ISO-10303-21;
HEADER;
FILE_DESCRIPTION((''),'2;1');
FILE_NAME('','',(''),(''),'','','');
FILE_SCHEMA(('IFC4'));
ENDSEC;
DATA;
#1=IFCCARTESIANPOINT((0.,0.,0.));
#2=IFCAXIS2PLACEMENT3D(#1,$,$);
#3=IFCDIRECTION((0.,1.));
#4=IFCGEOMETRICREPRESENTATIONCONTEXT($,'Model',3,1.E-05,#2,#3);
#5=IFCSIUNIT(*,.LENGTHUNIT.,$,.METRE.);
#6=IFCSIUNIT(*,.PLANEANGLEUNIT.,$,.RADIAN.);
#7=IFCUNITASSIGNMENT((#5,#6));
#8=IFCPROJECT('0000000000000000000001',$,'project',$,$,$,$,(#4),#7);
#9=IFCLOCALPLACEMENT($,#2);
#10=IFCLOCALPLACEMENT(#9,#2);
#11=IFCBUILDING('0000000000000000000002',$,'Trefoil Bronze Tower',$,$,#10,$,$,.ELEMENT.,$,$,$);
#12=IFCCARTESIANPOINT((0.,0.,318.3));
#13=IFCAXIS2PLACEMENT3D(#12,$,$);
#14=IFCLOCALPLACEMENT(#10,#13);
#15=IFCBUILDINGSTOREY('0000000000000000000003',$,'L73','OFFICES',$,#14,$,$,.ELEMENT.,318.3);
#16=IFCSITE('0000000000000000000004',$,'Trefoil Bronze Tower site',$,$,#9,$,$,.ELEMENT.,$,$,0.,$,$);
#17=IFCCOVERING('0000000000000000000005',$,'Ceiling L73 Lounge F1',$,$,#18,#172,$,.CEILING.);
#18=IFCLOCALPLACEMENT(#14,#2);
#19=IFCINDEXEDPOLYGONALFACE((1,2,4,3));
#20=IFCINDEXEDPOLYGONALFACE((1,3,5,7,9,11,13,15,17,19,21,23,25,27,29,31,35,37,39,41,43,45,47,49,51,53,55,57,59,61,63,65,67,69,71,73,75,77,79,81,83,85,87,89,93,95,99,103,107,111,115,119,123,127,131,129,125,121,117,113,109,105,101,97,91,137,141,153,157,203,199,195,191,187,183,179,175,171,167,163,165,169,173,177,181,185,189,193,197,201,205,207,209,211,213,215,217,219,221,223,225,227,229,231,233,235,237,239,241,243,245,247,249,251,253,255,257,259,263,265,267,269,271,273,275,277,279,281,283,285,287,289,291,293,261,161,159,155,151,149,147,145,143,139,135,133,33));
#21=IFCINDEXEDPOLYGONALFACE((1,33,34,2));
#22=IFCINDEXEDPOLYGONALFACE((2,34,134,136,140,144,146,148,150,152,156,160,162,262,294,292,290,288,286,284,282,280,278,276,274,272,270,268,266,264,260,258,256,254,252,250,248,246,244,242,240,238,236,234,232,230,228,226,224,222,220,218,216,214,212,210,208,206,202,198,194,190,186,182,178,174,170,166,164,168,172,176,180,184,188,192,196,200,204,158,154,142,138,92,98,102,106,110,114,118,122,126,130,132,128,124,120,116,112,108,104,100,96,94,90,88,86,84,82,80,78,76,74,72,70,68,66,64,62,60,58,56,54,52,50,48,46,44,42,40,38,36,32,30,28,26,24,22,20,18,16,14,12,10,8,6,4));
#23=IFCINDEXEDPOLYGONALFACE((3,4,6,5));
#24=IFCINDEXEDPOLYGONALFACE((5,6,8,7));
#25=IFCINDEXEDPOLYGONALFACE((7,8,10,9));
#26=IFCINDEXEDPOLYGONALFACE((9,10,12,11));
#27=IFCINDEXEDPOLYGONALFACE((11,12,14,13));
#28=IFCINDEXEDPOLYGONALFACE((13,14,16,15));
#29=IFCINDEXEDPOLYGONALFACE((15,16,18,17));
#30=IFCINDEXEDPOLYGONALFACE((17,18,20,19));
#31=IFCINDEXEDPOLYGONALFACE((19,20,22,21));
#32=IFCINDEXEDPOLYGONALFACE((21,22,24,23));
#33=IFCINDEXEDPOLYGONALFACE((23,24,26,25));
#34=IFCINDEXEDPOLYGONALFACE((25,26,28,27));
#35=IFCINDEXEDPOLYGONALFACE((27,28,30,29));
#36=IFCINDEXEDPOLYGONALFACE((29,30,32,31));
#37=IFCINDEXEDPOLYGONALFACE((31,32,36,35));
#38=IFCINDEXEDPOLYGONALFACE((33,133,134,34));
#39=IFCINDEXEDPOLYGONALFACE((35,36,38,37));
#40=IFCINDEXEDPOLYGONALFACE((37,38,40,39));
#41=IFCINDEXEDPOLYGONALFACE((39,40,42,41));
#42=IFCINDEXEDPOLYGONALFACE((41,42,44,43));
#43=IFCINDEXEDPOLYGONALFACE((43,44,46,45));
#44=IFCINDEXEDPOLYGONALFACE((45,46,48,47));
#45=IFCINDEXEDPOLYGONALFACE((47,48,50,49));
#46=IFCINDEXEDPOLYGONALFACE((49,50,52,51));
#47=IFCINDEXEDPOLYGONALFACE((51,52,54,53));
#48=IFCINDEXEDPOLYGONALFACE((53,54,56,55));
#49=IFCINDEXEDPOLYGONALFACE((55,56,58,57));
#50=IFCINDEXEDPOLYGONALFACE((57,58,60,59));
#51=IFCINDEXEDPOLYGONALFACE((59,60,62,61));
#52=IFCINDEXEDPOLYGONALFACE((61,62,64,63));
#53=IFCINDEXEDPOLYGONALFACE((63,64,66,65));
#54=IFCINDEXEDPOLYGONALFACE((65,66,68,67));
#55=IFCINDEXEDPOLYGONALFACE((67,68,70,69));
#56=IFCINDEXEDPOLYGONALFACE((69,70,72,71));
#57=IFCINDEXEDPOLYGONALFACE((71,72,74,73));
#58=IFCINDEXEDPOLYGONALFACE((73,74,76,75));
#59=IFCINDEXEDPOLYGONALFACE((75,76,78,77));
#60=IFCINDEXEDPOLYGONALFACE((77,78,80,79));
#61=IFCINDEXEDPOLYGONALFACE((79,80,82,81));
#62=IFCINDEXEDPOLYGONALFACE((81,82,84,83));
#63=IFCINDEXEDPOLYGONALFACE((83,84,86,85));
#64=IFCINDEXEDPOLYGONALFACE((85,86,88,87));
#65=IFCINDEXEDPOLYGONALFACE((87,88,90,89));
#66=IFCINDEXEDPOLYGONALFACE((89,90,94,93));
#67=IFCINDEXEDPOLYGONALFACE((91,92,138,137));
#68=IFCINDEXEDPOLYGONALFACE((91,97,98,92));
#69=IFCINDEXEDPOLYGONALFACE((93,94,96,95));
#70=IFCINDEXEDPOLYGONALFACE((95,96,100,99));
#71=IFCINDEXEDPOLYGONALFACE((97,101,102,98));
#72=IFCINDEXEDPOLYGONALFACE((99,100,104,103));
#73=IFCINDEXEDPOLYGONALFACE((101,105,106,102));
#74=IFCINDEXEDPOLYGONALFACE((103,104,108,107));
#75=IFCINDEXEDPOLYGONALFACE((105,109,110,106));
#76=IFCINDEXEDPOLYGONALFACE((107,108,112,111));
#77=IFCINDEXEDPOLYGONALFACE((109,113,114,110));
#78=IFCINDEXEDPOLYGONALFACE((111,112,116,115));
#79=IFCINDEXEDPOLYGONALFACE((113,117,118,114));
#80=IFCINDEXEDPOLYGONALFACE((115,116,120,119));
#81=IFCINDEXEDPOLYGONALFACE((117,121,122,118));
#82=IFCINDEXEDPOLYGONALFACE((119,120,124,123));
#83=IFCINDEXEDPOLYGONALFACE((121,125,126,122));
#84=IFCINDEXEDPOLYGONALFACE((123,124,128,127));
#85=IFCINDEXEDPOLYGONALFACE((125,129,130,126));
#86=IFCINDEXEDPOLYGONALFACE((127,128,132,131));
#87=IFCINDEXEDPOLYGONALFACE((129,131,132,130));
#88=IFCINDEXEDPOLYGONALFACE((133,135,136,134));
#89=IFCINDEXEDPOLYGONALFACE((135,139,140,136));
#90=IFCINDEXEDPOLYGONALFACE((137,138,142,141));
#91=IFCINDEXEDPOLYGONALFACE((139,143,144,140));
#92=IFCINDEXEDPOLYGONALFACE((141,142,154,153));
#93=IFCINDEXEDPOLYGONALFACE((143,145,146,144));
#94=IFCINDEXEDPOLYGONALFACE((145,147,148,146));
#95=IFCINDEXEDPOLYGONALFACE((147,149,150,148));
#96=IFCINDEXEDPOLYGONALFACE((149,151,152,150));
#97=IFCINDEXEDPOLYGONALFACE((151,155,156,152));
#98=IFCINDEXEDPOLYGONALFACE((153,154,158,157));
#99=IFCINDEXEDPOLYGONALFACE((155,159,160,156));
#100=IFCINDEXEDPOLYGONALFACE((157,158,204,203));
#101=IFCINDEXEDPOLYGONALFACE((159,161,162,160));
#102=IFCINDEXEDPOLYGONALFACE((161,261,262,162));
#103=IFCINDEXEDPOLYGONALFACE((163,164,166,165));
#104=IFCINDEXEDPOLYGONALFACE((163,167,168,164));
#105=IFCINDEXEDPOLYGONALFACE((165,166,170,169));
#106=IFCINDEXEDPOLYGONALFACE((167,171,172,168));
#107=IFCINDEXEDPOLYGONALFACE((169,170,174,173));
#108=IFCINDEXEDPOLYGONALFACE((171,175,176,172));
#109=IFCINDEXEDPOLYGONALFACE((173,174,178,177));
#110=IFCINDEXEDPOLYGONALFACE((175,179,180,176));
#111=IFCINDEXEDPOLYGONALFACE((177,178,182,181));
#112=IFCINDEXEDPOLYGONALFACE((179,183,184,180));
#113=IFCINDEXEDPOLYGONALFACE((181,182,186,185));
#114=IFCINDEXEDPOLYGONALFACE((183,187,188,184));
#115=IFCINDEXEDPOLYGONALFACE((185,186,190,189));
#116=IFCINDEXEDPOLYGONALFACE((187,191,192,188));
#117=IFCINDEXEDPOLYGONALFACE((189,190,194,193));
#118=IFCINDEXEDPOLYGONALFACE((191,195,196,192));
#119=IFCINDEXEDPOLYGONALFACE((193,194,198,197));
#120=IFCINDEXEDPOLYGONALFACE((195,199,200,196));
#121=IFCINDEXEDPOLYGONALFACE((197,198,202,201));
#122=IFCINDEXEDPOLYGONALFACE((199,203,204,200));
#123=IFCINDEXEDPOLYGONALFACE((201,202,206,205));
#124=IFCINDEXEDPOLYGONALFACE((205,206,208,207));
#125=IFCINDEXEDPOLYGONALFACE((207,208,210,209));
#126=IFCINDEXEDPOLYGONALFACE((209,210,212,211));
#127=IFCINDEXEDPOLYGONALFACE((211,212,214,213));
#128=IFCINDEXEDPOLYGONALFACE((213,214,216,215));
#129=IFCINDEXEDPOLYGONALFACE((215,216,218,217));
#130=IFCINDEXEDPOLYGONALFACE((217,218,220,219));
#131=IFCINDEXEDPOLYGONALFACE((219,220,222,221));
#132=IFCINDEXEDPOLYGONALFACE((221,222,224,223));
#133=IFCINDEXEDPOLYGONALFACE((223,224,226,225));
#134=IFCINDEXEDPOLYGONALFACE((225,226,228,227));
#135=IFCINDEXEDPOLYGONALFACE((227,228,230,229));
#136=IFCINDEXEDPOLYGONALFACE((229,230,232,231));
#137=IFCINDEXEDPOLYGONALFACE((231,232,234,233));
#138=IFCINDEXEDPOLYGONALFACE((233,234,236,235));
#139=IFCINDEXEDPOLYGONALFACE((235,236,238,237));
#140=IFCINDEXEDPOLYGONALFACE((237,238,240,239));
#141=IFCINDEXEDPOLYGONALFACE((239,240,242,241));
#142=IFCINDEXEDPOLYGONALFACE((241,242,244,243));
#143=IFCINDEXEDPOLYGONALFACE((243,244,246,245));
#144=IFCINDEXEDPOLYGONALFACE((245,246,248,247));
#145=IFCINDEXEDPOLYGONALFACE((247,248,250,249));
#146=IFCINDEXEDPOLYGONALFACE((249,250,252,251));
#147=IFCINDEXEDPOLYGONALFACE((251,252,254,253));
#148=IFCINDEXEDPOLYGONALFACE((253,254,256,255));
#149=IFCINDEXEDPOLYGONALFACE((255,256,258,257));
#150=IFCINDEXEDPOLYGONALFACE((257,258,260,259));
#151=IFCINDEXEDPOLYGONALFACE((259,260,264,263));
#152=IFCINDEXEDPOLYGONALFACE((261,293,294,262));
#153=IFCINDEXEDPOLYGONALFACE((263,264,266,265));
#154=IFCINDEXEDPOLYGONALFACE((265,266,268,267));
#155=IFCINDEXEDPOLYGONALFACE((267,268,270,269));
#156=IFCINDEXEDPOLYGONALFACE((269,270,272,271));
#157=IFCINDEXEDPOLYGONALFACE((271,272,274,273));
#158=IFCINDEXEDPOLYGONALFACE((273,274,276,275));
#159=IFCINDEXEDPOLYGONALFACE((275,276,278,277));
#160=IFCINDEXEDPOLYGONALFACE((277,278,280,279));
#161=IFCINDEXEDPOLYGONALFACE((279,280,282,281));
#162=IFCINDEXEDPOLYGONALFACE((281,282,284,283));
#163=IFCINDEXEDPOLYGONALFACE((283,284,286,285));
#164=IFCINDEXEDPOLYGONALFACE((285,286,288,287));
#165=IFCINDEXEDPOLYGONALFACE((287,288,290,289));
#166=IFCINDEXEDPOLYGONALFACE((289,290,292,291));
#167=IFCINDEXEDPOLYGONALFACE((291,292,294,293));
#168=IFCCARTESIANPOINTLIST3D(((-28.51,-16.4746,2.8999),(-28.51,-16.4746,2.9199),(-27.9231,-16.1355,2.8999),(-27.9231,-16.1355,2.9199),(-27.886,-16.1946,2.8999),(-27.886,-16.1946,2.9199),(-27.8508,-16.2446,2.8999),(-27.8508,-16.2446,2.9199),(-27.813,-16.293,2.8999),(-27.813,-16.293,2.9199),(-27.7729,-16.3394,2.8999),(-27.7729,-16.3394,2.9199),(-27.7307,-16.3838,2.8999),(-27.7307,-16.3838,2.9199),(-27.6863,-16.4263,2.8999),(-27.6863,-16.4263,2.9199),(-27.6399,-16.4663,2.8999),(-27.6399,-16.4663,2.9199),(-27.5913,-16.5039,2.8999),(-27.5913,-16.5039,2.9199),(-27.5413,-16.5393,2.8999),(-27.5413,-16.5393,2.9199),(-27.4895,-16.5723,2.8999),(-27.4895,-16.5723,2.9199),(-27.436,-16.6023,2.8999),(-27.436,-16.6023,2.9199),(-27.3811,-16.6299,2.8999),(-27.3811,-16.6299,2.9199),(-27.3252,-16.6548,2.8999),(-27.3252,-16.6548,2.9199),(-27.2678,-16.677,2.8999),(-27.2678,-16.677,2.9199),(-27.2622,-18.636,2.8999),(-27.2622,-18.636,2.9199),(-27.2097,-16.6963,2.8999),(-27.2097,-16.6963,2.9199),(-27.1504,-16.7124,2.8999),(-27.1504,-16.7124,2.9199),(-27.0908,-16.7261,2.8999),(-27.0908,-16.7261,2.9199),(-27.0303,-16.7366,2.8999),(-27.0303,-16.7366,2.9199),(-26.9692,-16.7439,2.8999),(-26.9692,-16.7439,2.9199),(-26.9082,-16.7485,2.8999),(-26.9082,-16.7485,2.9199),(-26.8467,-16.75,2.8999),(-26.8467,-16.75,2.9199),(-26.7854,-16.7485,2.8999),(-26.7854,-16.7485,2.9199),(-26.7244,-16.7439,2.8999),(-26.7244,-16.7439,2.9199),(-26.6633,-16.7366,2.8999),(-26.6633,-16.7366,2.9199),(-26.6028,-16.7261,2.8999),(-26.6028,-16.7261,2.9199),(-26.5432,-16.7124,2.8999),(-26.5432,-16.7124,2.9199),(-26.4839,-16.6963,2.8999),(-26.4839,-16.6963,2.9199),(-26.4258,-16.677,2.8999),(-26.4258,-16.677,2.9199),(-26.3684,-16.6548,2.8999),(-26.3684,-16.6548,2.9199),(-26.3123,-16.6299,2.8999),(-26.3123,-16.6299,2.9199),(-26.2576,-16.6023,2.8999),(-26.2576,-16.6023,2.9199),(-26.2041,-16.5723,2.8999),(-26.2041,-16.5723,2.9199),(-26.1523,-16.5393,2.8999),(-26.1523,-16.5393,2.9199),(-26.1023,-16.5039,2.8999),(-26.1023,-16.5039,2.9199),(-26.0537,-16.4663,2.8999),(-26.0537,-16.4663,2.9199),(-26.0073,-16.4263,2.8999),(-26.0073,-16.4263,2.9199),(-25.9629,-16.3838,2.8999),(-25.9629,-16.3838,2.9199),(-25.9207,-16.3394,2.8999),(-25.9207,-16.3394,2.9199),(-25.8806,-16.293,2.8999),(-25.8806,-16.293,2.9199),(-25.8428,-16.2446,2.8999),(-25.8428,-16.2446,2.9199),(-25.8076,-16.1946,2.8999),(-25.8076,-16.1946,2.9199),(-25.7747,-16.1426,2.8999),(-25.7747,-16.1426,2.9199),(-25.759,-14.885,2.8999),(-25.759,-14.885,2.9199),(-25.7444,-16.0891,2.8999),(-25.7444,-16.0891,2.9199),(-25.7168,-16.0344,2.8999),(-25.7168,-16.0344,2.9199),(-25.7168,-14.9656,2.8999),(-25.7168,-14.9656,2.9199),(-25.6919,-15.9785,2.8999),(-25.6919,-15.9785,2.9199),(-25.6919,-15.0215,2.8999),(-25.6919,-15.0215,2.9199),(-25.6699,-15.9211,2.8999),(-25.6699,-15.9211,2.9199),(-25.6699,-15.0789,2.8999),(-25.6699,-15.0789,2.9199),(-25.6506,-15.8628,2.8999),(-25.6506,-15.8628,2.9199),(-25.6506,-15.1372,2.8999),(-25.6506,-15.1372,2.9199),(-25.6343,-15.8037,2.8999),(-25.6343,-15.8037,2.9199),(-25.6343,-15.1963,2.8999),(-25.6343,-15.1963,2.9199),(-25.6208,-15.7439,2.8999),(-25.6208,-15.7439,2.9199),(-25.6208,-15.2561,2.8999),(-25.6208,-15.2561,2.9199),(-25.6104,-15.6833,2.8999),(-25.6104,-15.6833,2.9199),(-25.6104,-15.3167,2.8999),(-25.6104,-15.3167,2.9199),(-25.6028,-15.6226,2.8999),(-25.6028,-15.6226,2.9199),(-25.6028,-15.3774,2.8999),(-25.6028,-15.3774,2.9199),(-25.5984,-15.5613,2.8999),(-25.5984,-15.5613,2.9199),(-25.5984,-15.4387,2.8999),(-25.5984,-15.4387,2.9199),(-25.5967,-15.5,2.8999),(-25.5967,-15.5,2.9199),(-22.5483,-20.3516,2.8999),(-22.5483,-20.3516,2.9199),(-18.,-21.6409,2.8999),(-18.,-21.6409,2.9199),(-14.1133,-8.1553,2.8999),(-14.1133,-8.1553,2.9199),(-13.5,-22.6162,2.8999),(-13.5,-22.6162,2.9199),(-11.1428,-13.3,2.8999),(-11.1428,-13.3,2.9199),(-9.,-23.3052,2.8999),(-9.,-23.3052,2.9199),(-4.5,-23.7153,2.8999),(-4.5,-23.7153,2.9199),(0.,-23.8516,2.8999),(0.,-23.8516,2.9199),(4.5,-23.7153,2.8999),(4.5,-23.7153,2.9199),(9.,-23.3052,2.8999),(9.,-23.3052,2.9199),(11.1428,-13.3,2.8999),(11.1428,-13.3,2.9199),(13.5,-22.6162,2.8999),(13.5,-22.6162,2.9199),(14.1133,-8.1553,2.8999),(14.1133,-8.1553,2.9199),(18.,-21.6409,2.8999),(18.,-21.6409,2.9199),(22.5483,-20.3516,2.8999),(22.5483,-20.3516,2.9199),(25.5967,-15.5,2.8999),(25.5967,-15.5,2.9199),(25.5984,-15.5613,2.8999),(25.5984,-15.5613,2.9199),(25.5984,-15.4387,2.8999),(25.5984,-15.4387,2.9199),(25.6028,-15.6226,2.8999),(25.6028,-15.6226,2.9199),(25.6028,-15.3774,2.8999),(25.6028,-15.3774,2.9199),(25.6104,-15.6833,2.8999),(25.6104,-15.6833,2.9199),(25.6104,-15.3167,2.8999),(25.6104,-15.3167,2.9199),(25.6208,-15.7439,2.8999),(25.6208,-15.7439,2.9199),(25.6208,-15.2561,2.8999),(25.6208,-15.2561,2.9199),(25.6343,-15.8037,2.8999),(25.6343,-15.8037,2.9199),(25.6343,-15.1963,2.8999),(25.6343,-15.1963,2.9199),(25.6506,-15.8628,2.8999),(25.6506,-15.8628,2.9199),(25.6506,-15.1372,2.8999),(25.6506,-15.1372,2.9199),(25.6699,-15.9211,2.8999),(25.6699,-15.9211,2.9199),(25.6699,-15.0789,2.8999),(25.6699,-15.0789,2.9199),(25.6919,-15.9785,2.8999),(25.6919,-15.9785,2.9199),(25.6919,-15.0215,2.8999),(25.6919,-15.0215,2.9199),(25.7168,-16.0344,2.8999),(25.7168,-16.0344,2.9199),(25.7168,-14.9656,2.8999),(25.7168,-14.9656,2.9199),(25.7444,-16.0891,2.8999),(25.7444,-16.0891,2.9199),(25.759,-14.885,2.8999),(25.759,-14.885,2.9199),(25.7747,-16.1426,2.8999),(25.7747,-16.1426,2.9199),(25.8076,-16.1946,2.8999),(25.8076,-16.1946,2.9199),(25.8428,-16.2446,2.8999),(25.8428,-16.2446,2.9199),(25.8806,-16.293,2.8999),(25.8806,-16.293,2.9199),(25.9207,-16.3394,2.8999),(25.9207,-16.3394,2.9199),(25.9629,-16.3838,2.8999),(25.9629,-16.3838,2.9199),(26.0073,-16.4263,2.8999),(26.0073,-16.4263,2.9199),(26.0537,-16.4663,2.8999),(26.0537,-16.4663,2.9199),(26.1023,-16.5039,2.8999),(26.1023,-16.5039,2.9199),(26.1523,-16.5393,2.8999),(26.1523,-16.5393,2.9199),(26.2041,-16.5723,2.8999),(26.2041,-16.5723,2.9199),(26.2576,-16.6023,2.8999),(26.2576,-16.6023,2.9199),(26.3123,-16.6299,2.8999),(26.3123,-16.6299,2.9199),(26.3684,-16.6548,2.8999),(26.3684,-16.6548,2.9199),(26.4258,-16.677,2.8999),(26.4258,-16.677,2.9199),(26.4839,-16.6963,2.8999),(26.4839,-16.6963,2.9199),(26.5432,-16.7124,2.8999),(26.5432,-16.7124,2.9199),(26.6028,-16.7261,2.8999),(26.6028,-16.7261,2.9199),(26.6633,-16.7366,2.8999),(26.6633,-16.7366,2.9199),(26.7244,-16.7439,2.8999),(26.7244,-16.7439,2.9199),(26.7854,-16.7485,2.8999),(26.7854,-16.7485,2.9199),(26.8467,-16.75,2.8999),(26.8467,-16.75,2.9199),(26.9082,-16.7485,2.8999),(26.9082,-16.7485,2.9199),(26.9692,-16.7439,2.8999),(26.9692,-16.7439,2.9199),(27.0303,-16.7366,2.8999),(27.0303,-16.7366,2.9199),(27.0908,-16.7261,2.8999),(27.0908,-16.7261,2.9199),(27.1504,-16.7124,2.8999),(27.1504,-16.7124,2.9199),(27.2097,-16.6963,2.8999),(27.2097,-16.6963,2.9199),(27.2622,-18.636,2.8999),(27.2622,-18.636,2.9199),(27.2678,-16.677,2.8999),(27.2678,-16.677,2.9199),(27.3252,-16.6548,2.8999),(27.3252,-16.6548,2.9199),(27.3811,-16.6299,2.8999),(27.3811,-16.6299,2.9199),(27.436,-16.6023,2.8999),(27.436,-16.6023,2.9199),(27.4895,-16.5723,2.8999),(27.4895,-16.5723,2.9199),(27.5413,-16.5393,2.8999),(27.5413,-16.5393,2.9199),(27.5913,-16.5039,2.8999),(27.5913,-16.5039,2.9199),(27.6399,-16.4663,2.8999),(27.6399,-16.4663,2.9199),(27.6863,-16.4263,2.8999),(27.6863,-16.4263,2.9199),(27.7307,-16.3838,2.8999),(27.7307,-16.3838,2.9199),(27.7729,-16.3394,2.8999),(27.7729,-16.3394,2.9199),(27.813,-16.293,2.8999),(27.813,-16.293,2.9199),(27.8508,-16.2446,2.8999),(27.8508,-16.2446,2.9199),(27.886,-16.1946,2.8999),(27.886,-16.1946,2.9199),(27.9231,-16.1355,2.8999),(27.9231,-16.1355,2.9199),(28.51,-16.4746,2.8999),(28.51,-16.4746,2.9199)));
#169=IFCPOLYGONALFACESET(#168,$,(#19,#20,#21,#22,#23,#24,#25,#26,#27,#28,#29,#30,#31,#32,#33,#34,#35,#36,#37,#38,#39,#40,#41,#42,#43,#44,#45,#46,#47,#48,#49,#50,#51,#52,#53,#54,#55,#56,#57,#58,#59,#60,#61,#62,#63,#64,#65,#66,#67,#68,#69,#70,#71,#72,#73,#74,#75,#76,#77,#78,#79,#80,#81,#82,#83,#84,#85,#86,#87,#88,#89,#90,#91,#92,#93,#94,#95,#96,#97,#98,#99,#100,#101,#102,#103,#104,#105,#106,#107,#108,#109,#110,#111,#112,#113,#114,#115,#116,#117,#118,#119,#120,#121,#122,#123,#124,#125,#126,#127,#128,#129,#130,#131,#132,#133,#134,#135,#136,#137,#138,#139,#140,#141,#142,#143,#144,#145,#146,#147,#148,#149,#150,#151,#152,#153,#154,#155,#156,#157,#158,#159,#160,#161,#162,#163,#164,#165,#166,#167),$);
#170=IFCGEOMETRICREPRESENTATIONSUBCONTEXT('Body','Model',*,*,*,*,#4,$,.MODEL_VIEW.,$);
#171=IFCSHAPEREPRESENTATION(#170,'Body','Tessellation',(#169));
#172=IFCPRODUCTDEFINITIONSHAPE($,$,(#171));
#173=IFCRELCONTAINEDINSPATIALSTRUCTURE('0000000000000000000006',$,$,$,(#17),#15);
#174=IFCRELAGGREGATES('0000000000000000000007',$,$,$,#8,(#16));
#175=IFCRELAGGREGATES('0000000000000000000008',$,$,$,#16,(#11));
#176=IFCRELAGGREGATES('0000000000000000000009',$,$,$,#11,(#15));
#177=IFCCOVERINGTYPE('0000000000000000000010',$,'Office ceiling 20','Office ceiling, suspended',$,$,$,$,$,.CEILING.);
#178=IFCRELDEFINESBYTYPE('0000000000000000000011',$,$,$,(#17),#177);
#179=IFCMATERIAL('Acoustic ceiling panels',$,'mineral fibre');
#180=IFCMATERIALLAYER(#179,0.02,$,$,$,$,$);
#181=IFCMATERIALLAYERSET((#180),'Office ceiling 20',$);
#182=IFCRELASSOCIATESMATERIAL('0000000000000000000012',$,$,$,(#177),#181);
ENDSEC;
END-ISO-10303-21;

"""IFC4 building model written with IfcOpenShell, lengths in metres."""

from ifc_helpers import new_model, si_unit, direction, frame, origin, place, context, subcontext, project, spatial, polyline, outline, extrude, material, layer, layer_set, type_object, element, save


model = new_model("IFC4")

# Units and contexts
model_context = context("Model", 3, precision=1e-05, world=origin(), true_north=direction((0.0, 1.0)))
body_context = subcontext(model_context, "Body", "Model", "MODEL_VIEW")
ifc_project = project(units=[si_unit("LENGTHUNIT", "METRE"), si_unit("PLANEANGLEUNIT", "RADIAN")], contexts=[model_context])

# Site, building, storey
site_placement = place(None, origin())
site = spatial("IfcSite", under=ifc_project, at=site_placement, Name="Trefoil Bronze Tower site", CompositionType="ELEMENT", RefElevation=0.0)
building_placement = place(site_placement, origin())
building = spatial("IfcBuilding", under=site, at=building_placement, Name="Trefoil Bronze Tower", CompositionType="ELEMENT")
storey_placement = place(building_placement, frame((0.0, 0.0, 318.3)))
storey = spatial("IfcBuildingStorey", under=building, at=storey_placement, Name="L73", Description="OFFICES", CompositionType="ELEMENT", Elevation=318.3)

# Covering
ifc_material_1 = material(Name="Acoustic ceiling panels", Category="mineral fibre")
ifc_layer_1 = layer(ifc_material_1, 0.02)
ifc_layer_set_1 = layer_set([ifc_layer_1], Name="Office ceiling 20")
covering_type_1 = type_object("IfcCoveringType", Name="Office ceiling 20", Description="Office ceiling, suspended", PredefinedType="CEILING", material=ifc_layer_set_1)
covering_1_placement = place(storey_placement, frame((0.0, 0.0, 2.8999)))
element("IfcCovering", 1, at=covering_1_placement, inside=storey, type_object=covering_type_1, Name="Ceiling L73 Lounge F1", PredefinedType="CEILING", context=body_context, shape_type="SweptSolid", body=[
    extrude(outline(polyline([(-27.886, -16.1946), (-27.8508, -16.2446), (-27.813, -16.293), (-27.7729, -16.3394), (-27.7307, -16.3838), (-27.6863, -16.4263), (-27.6399, -16.4663), (-27.5913, -16.5039), (-27.5413, -16.5393), (-27.4895, -16.5723), (-27.436, -16.6023), (-27.3811, -16.6299), (-27.3252, -16.6548), (-27.2678, -16.677), (-27.2097, -16.6963), (-27.1504, -16.7124), (-27.0908, -16.7261), (-27.0303, -16.7366), (-26.9692, -16.7439), (-26.9082, -16.7485), (-26.8467, -16.75), (-26.7854, -16.7485), (-26.7244, -16.7439), (-26.6633, -16.7366), (-26.6028, -16.7261), (-26.5432, -16.7124), (-26.4839, -16.6963), (-26.4258, -16.677), (-26.3684, -16.6548), (-26.3123, -16.6299), (-26.2576, -16.6023), (-26.2041, -16.5723), (-26.1523, -16.5393), (-26.1023, -16.5039), (-26.0537, -16.4663), (-26.0073, -16.4263), (-25.9629, -16.3838), (-25.9207, -16.3394), (-25.8806, -16.293), (-25.8428, -16.2446), (-25.8076, -16.1946), (-25.7747, -16.1426), (-25.7444, -16.0891), (-25.7168, -16.0344), (-25.6919, -15.9785), (-25.6699, -15.9211), (-25.6506, -15.8628), (-25.6343, -15.8037), (-25.6208, -15.7439), (-25.6104, -15.6833), (-25.6028, -15.6226), (-25.5984, -15.5613), (-25.5967, -15.5), (-25.5984, -15.4387), (-25.6028, -15.3774), (-25.6104, -15.3167), (-25.6208, -15.2561), (-25.6343, -15.1963), (-25.6506, -15.1372), (-25.6699, -15.0789), (-25.6919, -15.0215), (-25.7168, -14.9656), (-25.759, -14.885), (-14.1133, -8.1553), (-11.1428, -13.3), (11.1428, -13.3), (14.1133, -8.1553), (25.759, -14.885), (25.7168, -14.9656), (25.6919, -15.0215), (25.6699, -15.0789), (25.6506, -15.1372), (25.6343, -15.1963), (25.6208, -15.2561), (25.6104, -15.3167), (25.6028, -15.3774), (25.5984, -15.4387), (25.5967, -15.5), (25.5984, -15.5613), (25.6028, -15.6226), (25.6104, -15.6833), (25.6208, -15.7439), (25.6343, -15.8037), (25.6506, -15.8628), (25.6699, -15.9211), (25.6919, -15.9785), (25.7168, -16.0344), (25.7444, -16.0891), (25.7747, -16.1426), (25.8076, -16.1946), (25.8428, -16.2446), (25.8806, -16.293), (25.9207, -16.3394), (25.9629, -16.3838), (26.0073, -16.4263), (26.0537, -16.4663), (26.1023, -16.5039), (26.1523, -16.5393), (26.2041, -16.5723), (26.2576, -16.6023), (26.3123, -16.6299), (26.3684, -16.6548), (26.4258, -16.677), (26.4839, -16.6963), (26.5432, -16.7124), (26.6028, -16.7261), (26.6633, -16.7366), (26.7244, -16.7439), (26.7854, -16.7485), (26.8467, -16.75), (26.9082, -16.7485), (26.9692, -16.7439), (27.0303, -16.7366), (27.0908, -16.7261), (27.1504, -16.7124), (27.2097, -16.6963), (27.2678, -16.677), (27.3252, -16.6548), (27.3811, -16.6299), (27.436, -16.6023), (27.4895, -16.5723), (27.5413, -16.5393), (27.5913, -16.5039), (27.6399, -16.4663), (27.6863, -16.4263), (27.7307, -16.3838), (27.7729, -16.3394), (27.813, -16.293), (27.8508, -16.2446), (27.886, -16.1946), (27.9231, -16.1355), (28.51, -16.4746), (27.2622, -18.636), (22.5483, -20.3516), (18.0, -21.6409), (13.5, -22.6162), (9.0, -23.3052), (4.5, -23.7153), (0.0, -23.8516), (-4.5, -23.7153), (-9.0, -23.3052), (-13.5, -22.6162), (-18.0, -21.6409), (-22.5483, -20.3516), (-27.2622, -18.636), (-28.51, -16.4746), (-27.9231, -16.1355), (-27.886, -16.1946)])), origin(), (0.0, 0.0, 1.0), 0.02),
])

save(model, "model.ifc")
